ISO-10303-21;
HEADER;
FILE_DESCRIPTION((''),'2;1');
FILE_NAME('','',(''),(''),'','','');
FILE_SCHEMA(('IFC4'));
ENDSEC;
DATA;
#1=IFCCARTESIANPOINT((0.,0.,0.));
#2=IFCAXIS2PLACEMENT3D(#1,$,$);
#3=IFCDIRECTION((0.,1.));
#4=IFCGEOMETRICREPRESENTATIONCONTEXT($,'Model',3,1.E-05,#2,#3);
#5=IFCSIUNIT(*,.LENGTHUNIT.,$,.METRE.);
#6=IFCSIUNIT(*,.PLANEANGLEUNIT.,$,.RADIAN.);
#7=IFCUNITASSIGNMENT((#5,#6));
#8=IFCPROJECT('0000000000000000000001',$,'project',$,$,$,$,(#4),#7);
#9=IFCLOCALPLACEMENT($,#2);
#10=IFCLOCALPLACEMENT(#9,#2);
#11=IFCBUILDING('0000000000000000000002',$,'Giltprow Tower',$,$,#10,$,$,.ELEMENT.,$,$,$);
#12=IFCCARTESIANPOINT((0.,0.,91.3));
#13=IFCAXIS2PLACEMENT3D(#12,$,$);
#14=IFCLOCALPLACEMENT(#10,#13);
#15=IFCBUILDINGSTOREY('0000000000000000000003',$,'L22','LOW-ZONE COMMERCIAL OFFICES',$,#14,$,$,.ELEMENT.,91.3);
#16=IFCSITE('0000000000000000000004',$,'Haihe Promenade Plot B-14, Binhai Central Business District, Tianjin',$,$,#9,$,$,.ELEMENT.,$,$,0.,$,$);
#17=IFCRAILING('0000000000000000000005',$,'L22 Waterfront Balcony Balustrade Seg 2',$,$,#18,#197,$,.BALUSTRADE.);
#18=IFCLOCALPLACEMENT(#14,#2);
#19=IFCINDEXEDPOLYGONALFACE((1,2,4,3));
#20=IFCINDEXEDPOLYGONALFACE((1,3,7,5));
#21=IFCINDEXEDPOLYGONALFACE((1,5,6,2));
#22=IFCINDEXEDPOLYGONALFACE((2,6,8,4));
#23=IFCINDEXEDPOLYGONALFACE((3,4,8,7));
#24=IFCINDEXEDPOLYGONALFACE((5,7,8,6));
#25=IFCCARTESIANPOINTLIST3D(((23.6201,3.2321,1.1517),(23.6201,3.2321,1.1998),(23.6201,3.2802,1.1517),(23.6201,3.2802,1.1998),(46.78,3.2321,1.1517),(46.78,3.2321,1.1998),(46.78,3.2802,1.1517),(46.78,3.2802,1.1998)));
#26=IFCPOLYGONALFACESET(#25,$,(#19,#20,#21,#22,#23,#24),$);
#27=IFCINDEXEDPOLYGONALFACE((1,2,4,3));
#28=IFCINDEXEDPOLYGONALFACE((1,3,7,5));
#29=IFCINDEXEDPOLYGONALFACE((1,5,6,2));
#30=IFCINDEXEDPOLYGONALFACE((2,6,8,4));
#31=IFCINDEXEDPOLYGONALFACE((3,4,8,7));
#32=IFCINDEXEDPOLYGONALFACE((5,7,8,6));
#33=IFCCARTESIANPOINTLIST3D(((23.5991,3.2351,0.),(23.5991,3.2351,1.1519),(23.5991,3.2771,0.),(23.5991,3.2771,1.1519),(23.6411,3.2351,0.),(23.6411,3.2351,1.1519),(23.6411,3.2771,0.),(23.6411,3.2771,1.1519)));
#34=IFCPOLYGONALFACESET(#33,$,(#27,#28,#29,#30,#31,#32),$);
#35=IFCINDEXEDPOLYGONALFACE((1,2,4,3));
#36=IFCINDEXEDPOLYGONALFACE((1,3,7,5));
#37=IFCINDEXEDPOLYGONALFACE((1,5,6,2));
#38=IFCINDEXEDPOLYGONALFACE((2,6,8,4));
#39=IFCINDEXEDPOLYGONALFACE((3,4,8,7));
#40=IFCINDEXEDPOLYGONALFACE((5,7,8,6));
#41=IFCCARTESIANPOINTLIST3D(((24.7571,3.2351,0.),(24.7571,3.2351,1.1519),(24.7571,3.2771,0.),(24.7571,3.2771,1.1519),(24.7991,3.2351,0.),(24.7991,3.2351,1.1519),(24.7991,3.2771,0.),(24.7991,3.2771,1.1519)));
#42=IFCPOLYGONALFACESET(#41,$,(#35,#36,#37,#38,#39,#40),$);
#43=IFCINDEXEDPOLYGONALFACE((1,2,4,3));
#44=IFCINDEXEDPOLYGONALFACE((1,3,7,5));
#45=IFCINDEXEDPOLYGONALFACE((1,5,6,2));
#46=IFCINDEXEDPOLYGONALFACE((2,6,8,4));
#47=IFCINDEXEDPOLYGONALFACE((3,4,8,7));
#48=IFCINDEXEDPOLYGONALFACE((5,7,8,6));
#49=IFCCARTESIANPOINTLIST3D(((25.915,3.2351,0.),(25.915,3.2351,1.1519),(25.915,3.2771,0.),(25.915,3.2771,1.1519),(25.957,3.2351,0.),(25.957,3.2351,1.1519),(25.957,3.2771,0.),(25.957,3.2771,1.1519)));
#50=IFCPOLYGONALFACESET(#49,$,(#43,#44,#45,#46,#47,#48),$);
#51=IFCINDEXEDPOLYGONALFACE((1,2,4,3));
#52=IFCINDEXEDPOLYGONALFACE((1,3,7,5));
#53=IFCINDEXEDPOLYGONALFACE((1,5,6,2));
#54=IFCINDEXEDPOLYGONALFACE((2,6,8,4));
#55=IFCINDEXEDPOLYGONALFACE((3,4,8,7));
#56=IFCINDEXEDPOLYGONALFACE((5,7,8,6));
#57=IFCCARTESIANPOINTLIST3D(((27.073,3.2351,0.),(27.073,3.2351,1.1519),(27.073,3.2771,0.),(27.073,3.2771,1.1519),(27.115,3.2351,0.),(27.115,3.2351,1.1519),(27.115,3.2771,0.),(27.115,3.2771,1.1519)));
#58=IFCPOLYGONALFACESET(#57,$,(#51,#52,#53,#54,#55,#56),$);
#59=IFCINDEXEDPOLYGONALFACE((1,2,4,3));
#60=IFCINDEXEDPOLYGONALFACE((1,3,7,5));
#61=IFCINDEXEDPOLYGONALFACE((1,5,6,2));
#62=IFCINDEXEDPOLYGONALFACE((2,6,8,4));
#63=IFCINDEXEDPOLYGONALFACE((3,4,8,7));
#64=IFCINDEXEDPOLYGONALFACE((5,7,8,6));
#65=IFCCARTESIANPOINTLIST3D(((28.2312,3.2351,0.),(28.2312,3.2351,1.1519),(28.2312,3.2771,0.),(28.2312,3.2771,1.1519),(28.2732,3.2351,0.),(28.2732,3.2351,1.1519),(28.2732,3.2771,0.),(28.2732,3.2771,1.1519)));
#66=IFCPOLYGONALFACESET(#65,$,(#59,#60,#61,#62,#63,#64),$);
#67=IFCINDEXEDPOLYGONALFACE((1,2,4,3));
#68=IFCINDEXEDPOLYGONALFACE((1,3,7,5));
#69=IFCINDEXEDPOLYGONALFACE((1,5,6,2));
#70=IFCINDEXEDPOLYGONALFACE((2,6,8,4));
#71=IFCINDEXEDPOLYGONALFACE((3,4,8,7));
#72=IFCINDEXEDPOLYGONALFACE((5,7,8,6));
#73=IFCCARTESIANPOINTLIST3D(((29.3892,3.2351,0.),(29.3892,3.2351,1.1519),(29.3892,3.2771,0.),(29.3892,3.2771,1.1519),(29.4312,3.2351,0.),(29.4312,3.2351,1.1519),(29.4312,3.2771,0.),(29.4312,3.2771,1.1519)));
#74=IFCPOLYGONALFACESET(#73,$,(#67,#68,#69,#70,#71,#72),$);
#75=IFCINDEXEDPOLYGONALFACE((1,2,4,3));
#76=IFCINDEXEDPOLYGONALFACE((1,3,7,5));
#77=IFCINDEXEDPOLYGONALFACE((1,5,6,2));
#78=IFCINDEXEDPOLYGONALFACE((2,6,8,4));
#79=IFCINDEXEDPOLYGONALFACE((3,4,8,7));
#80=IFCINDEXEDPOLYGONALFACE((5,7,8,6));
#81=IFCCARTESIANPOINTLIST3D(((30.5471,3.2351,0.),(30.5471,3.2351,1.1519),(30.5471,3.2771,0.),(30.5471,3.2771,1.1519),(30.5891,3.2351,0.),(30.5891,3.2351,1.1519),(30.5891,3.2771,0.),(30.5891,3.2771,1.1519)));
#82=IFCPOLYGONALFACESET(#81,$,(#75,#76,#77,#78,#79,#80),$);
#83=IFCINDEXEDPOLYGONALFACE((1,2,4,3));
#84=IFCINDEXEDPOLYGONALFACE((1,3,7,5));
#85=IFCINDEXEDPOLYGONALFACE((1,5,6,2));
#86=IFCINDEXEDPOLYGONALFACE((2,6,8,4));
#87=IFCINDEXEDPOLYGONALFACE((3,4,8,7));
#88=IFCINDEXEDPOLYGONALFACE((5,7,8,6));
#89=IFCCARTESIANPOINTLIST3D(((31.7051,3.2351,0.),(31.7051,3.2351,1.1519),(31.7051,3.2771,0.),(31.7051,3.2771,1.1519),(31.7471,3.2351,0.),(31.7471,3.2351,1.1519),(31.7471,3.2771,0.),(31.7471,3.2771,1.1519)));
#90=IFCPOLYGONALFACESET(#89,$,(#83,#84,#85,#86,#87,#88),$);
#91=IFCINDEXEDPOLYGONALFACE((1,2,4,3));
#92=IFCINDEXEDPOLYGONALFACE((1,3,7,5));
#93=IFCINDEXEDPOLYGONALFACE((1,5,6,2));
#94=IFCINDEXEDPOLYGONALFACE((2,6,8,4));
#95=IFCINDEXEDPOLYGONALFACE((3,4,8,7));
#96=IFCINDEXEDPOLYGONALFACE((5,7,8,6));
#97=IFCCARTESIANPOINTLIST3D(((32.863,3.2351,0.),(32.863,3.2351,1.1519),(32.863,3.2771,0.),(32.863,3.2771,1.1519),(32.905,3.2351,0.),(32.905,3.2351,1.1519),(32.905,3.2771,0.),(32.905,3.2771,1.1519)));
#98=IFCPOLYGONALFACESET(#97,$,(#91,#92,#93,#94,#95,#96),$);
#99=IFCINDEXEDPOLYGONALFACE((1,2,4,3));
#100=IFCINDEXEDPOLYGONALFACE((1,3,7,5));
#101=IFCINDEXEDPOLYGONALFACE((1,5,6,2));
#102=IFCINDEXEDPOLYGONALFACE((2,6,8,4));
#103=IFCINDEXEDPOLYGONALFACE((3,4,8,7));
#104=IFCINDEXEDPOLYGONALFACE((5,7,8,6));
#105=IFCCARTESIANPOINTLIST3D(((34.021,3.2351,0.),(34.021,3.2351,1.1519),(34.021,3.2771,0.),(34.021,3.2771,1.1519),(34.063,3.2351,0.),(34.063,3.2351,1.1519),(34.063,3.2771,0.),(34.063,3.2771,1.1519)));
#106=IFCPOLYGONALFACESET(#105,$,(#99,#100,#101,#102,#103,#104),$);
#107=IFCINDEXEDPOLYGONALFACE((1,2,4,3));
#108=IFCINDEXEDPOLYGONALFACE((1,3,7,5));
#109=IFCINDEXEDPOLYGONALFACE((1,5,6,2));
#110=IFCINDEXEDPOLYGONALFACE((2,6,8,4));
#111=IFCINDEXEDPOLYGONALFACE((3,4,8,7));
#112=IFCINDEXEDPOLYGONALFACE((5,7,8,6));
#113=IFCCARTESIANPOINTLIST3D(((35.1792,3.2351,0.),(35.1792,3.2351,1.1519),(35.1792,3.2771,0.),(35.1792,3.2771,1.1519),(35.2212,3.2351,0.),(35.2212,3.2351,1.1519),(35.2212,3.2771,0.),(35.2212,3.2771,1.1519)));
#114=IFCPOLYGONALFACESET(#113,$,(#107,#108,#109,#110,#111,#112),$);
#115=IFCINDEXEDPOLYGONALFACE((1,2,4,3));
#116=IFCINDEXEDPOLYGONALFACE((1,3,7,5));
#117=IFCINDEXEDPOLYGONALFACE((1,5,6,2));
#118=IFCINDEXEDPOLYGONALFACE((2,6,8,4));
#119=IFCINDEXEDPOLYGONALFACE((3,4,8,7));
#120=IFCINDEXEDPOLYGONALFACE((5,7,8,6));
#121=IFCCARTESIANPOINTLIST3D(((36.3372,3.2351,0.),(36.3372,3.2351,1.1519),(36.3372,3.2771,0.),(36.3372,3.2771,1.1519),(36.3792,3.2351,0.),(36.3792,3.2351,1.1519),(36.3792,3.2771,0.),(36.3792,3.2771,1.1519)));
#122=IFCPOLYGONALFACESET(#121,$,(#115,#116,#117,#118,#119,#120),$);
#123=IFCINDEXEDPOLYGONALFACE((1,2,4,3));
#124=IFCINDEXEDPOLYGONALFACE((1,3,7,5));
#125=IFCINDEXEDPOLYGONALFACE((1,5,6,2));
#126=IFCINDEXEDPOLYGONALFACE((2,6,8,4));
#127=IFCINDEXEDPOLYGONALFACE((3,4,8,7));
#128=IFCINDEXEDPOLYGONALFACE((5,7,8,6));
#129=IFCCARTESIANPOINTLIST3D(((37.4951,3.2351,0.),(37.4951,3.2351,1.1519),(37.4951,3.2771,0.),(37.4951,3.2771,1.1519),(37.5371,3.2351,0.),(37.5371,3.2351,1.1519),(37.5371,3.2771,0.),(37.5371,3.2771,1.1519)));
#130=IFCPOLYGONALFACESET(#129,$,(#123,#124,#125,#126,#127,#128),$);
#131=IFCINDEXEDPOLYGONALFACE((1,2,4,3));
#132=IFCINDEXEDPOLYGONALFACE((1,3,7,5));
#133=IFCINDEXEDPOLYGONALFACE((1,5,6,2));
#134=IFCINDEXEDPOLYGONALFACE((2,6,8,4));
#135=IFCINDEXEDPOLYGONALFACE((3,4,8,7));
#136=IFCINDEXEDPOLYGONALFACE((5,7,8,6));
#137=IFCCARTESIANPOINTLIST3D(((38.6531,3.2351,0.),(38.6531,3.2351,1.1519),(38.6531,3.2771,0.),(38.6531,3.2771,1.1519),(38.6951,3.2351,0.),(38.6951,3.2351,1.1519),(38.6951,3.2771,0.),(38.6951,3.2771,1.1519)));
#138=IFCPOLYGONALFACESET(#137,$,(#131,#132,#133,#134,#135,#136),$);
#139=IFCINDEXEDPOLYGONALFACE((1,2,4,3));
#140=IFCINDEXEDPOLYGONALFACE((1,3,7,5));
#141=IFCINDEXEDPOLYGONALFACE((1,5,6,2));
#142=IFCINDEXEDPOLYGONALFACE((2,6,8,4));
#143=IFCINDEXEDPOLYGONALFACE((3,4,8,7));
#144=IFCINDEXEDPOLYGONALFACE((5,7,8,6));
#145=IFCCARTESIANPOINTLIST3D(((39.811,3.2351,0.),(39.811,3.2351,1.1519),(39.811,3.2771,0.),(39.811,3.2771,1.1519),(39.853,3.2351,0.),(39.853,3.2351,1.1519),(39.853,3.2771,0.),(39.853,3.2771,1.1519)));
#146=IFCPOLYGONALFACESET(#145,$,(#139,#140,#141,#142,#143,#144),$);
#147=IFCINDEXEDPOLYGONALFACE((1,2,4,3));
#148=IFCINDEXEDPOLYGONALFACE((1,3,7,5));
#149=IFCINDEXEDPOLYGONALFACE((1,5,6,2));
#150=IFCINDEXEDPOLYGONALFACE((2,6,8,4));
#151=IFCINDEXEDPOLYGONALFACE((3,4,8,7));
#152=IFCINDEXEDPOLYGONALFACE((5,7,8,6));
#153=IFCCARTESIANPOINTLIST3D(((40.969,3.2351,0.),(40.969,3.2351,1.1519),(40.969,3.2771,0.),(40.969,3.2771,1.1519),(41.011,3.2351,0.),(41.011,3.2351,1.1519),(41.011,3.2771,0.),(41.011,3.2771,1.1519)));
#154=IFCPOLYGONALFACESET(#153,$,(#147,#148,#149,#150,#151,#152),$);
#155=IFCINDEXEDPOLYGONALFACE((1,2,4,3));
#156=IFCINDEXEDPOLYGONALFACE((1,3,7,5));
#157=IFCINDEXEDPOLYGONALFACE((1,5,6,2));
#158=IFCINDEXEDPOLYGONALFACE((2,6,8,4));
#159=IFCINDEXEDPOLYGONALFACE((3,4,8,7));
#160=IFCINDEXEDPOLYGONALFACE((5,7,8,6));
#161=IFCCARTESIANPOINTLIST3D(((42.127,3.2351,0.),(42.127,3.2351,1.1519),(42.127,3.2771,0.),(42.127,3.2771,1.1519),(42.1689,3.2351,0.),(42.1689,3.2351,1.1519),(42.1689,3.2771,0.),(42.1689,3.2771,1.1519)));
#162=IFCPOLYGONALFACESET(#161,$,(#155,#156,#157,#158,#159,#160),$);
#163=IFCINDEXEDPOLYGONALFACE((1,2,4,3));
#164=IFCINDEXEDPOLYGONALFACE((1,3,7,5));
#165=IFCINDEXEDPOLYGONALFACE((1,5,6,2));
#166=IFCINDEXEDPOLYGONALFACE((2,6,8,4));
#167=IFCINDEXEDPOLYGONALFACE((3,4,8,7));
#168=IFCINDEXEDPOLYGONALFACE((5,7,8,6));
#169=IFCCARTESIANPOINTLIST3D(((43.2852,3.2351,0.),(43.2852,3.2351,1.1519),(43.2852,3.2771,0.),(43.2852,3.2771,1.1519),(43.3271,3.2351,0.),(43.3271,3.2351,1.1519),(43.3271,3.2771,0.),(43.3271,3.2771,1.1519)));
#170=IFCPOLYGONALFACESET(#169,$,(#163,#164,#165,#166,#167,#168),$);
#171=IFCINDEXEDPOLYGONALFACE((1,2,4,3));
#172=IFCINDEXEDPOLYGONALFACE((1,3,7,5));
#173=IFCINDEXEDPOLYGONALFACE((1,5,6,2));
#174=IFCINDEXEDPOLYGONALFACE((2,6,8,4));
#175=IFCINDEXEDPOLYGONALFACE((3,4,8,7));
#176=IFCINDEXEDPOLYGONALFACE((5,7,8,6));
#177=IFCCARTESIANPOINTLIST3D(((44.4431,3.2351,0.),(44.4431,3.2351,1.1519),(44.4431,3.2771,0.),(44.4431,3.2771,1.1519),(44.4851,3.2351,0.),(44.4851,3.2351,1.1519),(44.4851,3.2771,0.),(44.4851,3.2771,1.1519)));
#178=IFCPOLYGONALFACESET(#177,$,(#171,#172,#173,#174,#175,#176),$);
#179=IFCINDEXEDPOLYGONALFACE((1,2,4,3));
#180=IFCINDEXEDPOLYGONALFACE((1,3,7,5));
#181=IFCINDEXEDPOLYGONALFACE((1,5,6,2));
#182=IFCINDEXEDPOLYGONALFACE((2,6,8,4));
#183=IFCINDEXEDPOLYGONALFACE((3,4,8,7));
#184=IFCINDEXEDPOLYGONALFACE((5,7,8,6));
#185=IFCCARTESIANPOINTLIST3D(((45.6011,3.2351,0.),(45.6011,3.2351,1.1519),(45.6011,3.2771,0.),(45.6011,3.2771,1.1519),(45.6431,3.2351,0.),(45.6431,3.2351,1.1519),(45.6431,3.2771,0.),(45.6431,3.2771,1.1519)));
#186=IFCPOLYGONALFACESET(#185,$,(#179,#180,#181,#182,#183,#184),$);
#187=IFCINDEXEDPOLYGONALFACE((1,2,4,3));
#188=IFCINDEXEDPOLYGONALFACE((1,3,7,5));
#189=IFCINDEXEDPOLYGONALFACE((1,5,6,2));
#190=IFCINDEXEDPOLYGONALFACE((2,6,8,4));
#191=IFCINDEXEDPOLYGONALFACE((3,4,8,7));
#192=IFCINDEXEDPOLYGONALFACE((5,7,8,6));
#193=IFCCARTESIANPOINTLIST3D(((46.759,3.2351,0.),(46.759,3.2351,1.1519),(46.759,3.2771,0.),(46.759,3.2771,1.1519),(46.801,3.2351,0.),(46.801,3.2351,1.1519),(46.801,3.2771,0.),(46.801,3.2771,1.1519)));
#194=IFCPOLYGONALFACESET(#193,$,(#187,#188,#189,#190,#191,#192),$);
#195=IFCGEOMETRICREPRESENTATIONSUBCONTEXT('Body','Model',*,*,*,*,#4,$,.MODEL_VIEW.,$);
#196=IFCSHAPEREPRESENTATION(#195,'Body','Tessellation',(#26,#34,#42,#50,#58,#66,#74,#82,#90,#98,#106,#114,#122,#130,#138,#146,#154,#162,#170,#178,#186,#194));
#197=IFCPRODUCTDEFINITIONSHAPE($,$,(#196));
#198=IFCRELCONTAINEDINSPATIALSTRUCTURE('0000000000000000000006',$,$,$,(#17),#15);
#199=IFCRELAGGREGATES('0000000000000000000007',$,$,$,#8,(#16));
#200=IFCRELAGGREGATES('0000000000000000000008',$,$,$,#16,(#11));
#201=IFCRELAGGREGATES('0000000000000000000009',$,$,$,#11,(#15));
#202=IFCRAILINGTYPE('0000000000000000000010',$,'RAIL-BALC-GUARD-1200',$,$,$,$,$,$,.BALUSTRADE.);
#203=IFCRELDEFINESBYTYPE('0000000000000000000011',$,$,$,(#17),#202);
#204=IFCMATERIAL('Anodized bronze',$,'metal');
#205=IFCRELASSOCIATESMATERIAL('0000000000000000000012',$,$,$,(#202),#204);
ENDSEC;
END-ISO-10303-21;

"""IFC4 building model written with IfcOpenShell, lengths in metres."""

from ifc_helpers import new_model, si_unit, direction, frame, origin, origin_2d, place, context, subcontext, project, spatial, rectangle, extrude, material, type_object, element, save


model = new_model("IFC4")

# Units and contexts
model_context = context("Model", 3, precision=1e-05, world=origin(), true_north=direction((0.0, 1.0)))
body_context = subcontext(model_context, "Body", "Model", "MODEL_VIEW")
ifc_project = project(units=[si_unit("LENGTHUNIT", "METRE"), si_unit("PLANEANGLEUNIT", "RADIAN")], contexts=[model_context])

# Site, building, storey
site_placement = place(None, origin())
site = spatial("IfcSite", under=ifc_project, at=site_placement, Name="Haihe Promenade Plot B-14, Binhai Central Business District, Tianjin", CompositionType="ELEMENT", RefElevation=0.0)
building_placement = place(site_placement, origin())
building = spatial("IfcBuilding", under=site, at=building_placement, Name="Giltprow Tower", CompositionType="ELEMENT")
storey_placement = place(building_placement, frame((0.0, 0.0, 91.3)))
storey = spatial("IfcBuildingStorey", under=building, at=storey_placement, Name="L22", Description="LOW-ZONE COMMERCIAL OFFICES", CompositionType="ELEMENT", Elevation=91.3)

# Shared definitions
ifc_material_1 = material(Name="Anodized bronze", Category="metal")

# Railing
railing_type = type_object("IfcRailingType", Name="RAIL-BALC-GUARD-1200", PredefinedType="BALUSTRADE", material=ifc_material_1)
railing_1_placement = place(storey_placement, frame((23.6201, 3.2561, 0.0)))
element("IfcRailing", 1, at=railing_1_placement, inside=storey, type_object=railing_type, Name="L22 Waterfront Balcony Balustrade Seg 2", PredefinedType="BALUSTRADE", context=body_context, shape_type="SweptSolid", body=[
    extrude(rectangle(XDim=0.0481, YDim=0.0481, at=origin_2d()), frame((0.0, 0.0, 1.1758), z_axis=(1.0, 0.0, 0.0), x_axis=(0.0, 1.0, 0.0)), (0.0, 0.0, 1.0), 23.1599),
    extrude(rectangle(XDim=0.042, YDim=0.042, at=origin_2d()), origin(), (0.0, 0.0, 1.0), 1.1519),
    extrude(rectangle(XDim=0.042, YDim=0.042, at=origin_2d()), frame((1.158, 0.0, 0.0)), (0.0, 0.0, 1.0), 1.1519),
    extrude(rectangle(XDim=0.042, YDim=0.042, at=origin_2d()), frame((2.3159, 0.0, 0.0)), (0.0, 0.0, 1.0), 1.1519),
    extrude(rectangle(XDim=0.042, YDim=0.042, at=origin_2d()), frame((3.4739, 0.0, 0.0)), (0.0, 0.0, 1.0), 1.1519),
    extrude(rectangle(XDim=0.042, YDim=0.042, at=origin_2d()), frame((4.6321, 0.0, 0.0)), (0.0, 0.0, 1.0), 1.1519),
    extrude(rectangle(XDim=0.042, YDim=0.042, at=origin_2d()), frame((5.79, 0.0, 0.0)), (0.0, 0.0, 1.0), 1.1519),
    extrude(rectangle(XDim=0.042, YDim=0.042, at=origin_2d()), frame((6.948, 0.0, 0.0)), (0.0, 0.0, 1.0), 1.1519),
    extrude(rectangle(XDim=0.042, YDim=0.042, at=origin_2d()), frame((8.106, 0.0, 0.0)), (0.0, 0.0, 1.0), 1.1519),
    extrude(rectangle(XDim=0.042, YDim=0.042, at=origin_2d()), frame((9.2639, 0.0, 0.0)), (0.0, 0.0, 1.0), 1.1519),
    extrude(rectangle(XDim=0.042, YDim=0.042, at=origin_2d()), frame((10.4219, 0.0, 0.0)), (0.0, 0.0, 1.0), 1.1519),
    extrude(rectangle(XDim=0.042, YDim=0.042, at=origin_2d()), frame((11.5801, 0.0, 0.0)), (0.0, 0.0, 1.0), 1.1519),
    extrude(rectangle(XDim=0.042, YDim=0.042, at=origin_2d()), frame((12.738, 0.0, 0.0)), (0.0, 0.0, 1.0), 1.1519),
    extrude(rectangle(XDim=0.042, YDim=0.042, at=origin_2d()), frame((13.896, 0.0, 0.0)), (0.0, 0.0, 1.0), 1.1519),
    extrude(rectangle(XDim=0.042, YDim=0.042, at=origin_2d()), frame((15.054, 0.0, 0.0)), (0.0, 0.0, 1.0), 1.1519),
    extrude(rectangle(XDim=0.042, YDim=0.042, at=origin_2d()), frame((16.2119, 0.0, 0.0)), (0.0, 0.0, 1.0), 1.1519),
    extrude(rectangle(XDim=0.042, YDim=0.042, at=origin_2d()), frame((17.3699, 0.0, 0.0)), (0.0, 0.0, 1.0), 1.1519),
    extrude(rectangle(XDim=0.042, YDim=0.042, at=origin_2d()), frame((18.5278, 0.0, 0.0)), (0.0, 0.0, 1.0), 1.1519),
    extrude(rectangle(XDim=0.042, YDim=0.042, at=origin_2d()), frame((19.686, 0.0, 0.0)), (0.0, 0.0, 1.0), 1.1519),
    extrude(rectangle(XDim=0.042, YDim=0.042, at=origin_2d()), frame((20.844, 0.0, 0.0)), (0.0, 0.0, 1.0), 1.1519),
    extrude(rectangle(XDim=0.042, YDim=0.042, at=origin_2d()), frame((22.002, 0.0, 0.0)), (0.0, 0.0, 1.0), 1.1519),
    extrude(rectangle(XDim=0.042, YDim=0.042, at=origin_2d()), frame((23.1599, 0.0, 0.0)), (0.0, 0.0, 1.0), 1.1519),
])

save(model, "model.ifc")
